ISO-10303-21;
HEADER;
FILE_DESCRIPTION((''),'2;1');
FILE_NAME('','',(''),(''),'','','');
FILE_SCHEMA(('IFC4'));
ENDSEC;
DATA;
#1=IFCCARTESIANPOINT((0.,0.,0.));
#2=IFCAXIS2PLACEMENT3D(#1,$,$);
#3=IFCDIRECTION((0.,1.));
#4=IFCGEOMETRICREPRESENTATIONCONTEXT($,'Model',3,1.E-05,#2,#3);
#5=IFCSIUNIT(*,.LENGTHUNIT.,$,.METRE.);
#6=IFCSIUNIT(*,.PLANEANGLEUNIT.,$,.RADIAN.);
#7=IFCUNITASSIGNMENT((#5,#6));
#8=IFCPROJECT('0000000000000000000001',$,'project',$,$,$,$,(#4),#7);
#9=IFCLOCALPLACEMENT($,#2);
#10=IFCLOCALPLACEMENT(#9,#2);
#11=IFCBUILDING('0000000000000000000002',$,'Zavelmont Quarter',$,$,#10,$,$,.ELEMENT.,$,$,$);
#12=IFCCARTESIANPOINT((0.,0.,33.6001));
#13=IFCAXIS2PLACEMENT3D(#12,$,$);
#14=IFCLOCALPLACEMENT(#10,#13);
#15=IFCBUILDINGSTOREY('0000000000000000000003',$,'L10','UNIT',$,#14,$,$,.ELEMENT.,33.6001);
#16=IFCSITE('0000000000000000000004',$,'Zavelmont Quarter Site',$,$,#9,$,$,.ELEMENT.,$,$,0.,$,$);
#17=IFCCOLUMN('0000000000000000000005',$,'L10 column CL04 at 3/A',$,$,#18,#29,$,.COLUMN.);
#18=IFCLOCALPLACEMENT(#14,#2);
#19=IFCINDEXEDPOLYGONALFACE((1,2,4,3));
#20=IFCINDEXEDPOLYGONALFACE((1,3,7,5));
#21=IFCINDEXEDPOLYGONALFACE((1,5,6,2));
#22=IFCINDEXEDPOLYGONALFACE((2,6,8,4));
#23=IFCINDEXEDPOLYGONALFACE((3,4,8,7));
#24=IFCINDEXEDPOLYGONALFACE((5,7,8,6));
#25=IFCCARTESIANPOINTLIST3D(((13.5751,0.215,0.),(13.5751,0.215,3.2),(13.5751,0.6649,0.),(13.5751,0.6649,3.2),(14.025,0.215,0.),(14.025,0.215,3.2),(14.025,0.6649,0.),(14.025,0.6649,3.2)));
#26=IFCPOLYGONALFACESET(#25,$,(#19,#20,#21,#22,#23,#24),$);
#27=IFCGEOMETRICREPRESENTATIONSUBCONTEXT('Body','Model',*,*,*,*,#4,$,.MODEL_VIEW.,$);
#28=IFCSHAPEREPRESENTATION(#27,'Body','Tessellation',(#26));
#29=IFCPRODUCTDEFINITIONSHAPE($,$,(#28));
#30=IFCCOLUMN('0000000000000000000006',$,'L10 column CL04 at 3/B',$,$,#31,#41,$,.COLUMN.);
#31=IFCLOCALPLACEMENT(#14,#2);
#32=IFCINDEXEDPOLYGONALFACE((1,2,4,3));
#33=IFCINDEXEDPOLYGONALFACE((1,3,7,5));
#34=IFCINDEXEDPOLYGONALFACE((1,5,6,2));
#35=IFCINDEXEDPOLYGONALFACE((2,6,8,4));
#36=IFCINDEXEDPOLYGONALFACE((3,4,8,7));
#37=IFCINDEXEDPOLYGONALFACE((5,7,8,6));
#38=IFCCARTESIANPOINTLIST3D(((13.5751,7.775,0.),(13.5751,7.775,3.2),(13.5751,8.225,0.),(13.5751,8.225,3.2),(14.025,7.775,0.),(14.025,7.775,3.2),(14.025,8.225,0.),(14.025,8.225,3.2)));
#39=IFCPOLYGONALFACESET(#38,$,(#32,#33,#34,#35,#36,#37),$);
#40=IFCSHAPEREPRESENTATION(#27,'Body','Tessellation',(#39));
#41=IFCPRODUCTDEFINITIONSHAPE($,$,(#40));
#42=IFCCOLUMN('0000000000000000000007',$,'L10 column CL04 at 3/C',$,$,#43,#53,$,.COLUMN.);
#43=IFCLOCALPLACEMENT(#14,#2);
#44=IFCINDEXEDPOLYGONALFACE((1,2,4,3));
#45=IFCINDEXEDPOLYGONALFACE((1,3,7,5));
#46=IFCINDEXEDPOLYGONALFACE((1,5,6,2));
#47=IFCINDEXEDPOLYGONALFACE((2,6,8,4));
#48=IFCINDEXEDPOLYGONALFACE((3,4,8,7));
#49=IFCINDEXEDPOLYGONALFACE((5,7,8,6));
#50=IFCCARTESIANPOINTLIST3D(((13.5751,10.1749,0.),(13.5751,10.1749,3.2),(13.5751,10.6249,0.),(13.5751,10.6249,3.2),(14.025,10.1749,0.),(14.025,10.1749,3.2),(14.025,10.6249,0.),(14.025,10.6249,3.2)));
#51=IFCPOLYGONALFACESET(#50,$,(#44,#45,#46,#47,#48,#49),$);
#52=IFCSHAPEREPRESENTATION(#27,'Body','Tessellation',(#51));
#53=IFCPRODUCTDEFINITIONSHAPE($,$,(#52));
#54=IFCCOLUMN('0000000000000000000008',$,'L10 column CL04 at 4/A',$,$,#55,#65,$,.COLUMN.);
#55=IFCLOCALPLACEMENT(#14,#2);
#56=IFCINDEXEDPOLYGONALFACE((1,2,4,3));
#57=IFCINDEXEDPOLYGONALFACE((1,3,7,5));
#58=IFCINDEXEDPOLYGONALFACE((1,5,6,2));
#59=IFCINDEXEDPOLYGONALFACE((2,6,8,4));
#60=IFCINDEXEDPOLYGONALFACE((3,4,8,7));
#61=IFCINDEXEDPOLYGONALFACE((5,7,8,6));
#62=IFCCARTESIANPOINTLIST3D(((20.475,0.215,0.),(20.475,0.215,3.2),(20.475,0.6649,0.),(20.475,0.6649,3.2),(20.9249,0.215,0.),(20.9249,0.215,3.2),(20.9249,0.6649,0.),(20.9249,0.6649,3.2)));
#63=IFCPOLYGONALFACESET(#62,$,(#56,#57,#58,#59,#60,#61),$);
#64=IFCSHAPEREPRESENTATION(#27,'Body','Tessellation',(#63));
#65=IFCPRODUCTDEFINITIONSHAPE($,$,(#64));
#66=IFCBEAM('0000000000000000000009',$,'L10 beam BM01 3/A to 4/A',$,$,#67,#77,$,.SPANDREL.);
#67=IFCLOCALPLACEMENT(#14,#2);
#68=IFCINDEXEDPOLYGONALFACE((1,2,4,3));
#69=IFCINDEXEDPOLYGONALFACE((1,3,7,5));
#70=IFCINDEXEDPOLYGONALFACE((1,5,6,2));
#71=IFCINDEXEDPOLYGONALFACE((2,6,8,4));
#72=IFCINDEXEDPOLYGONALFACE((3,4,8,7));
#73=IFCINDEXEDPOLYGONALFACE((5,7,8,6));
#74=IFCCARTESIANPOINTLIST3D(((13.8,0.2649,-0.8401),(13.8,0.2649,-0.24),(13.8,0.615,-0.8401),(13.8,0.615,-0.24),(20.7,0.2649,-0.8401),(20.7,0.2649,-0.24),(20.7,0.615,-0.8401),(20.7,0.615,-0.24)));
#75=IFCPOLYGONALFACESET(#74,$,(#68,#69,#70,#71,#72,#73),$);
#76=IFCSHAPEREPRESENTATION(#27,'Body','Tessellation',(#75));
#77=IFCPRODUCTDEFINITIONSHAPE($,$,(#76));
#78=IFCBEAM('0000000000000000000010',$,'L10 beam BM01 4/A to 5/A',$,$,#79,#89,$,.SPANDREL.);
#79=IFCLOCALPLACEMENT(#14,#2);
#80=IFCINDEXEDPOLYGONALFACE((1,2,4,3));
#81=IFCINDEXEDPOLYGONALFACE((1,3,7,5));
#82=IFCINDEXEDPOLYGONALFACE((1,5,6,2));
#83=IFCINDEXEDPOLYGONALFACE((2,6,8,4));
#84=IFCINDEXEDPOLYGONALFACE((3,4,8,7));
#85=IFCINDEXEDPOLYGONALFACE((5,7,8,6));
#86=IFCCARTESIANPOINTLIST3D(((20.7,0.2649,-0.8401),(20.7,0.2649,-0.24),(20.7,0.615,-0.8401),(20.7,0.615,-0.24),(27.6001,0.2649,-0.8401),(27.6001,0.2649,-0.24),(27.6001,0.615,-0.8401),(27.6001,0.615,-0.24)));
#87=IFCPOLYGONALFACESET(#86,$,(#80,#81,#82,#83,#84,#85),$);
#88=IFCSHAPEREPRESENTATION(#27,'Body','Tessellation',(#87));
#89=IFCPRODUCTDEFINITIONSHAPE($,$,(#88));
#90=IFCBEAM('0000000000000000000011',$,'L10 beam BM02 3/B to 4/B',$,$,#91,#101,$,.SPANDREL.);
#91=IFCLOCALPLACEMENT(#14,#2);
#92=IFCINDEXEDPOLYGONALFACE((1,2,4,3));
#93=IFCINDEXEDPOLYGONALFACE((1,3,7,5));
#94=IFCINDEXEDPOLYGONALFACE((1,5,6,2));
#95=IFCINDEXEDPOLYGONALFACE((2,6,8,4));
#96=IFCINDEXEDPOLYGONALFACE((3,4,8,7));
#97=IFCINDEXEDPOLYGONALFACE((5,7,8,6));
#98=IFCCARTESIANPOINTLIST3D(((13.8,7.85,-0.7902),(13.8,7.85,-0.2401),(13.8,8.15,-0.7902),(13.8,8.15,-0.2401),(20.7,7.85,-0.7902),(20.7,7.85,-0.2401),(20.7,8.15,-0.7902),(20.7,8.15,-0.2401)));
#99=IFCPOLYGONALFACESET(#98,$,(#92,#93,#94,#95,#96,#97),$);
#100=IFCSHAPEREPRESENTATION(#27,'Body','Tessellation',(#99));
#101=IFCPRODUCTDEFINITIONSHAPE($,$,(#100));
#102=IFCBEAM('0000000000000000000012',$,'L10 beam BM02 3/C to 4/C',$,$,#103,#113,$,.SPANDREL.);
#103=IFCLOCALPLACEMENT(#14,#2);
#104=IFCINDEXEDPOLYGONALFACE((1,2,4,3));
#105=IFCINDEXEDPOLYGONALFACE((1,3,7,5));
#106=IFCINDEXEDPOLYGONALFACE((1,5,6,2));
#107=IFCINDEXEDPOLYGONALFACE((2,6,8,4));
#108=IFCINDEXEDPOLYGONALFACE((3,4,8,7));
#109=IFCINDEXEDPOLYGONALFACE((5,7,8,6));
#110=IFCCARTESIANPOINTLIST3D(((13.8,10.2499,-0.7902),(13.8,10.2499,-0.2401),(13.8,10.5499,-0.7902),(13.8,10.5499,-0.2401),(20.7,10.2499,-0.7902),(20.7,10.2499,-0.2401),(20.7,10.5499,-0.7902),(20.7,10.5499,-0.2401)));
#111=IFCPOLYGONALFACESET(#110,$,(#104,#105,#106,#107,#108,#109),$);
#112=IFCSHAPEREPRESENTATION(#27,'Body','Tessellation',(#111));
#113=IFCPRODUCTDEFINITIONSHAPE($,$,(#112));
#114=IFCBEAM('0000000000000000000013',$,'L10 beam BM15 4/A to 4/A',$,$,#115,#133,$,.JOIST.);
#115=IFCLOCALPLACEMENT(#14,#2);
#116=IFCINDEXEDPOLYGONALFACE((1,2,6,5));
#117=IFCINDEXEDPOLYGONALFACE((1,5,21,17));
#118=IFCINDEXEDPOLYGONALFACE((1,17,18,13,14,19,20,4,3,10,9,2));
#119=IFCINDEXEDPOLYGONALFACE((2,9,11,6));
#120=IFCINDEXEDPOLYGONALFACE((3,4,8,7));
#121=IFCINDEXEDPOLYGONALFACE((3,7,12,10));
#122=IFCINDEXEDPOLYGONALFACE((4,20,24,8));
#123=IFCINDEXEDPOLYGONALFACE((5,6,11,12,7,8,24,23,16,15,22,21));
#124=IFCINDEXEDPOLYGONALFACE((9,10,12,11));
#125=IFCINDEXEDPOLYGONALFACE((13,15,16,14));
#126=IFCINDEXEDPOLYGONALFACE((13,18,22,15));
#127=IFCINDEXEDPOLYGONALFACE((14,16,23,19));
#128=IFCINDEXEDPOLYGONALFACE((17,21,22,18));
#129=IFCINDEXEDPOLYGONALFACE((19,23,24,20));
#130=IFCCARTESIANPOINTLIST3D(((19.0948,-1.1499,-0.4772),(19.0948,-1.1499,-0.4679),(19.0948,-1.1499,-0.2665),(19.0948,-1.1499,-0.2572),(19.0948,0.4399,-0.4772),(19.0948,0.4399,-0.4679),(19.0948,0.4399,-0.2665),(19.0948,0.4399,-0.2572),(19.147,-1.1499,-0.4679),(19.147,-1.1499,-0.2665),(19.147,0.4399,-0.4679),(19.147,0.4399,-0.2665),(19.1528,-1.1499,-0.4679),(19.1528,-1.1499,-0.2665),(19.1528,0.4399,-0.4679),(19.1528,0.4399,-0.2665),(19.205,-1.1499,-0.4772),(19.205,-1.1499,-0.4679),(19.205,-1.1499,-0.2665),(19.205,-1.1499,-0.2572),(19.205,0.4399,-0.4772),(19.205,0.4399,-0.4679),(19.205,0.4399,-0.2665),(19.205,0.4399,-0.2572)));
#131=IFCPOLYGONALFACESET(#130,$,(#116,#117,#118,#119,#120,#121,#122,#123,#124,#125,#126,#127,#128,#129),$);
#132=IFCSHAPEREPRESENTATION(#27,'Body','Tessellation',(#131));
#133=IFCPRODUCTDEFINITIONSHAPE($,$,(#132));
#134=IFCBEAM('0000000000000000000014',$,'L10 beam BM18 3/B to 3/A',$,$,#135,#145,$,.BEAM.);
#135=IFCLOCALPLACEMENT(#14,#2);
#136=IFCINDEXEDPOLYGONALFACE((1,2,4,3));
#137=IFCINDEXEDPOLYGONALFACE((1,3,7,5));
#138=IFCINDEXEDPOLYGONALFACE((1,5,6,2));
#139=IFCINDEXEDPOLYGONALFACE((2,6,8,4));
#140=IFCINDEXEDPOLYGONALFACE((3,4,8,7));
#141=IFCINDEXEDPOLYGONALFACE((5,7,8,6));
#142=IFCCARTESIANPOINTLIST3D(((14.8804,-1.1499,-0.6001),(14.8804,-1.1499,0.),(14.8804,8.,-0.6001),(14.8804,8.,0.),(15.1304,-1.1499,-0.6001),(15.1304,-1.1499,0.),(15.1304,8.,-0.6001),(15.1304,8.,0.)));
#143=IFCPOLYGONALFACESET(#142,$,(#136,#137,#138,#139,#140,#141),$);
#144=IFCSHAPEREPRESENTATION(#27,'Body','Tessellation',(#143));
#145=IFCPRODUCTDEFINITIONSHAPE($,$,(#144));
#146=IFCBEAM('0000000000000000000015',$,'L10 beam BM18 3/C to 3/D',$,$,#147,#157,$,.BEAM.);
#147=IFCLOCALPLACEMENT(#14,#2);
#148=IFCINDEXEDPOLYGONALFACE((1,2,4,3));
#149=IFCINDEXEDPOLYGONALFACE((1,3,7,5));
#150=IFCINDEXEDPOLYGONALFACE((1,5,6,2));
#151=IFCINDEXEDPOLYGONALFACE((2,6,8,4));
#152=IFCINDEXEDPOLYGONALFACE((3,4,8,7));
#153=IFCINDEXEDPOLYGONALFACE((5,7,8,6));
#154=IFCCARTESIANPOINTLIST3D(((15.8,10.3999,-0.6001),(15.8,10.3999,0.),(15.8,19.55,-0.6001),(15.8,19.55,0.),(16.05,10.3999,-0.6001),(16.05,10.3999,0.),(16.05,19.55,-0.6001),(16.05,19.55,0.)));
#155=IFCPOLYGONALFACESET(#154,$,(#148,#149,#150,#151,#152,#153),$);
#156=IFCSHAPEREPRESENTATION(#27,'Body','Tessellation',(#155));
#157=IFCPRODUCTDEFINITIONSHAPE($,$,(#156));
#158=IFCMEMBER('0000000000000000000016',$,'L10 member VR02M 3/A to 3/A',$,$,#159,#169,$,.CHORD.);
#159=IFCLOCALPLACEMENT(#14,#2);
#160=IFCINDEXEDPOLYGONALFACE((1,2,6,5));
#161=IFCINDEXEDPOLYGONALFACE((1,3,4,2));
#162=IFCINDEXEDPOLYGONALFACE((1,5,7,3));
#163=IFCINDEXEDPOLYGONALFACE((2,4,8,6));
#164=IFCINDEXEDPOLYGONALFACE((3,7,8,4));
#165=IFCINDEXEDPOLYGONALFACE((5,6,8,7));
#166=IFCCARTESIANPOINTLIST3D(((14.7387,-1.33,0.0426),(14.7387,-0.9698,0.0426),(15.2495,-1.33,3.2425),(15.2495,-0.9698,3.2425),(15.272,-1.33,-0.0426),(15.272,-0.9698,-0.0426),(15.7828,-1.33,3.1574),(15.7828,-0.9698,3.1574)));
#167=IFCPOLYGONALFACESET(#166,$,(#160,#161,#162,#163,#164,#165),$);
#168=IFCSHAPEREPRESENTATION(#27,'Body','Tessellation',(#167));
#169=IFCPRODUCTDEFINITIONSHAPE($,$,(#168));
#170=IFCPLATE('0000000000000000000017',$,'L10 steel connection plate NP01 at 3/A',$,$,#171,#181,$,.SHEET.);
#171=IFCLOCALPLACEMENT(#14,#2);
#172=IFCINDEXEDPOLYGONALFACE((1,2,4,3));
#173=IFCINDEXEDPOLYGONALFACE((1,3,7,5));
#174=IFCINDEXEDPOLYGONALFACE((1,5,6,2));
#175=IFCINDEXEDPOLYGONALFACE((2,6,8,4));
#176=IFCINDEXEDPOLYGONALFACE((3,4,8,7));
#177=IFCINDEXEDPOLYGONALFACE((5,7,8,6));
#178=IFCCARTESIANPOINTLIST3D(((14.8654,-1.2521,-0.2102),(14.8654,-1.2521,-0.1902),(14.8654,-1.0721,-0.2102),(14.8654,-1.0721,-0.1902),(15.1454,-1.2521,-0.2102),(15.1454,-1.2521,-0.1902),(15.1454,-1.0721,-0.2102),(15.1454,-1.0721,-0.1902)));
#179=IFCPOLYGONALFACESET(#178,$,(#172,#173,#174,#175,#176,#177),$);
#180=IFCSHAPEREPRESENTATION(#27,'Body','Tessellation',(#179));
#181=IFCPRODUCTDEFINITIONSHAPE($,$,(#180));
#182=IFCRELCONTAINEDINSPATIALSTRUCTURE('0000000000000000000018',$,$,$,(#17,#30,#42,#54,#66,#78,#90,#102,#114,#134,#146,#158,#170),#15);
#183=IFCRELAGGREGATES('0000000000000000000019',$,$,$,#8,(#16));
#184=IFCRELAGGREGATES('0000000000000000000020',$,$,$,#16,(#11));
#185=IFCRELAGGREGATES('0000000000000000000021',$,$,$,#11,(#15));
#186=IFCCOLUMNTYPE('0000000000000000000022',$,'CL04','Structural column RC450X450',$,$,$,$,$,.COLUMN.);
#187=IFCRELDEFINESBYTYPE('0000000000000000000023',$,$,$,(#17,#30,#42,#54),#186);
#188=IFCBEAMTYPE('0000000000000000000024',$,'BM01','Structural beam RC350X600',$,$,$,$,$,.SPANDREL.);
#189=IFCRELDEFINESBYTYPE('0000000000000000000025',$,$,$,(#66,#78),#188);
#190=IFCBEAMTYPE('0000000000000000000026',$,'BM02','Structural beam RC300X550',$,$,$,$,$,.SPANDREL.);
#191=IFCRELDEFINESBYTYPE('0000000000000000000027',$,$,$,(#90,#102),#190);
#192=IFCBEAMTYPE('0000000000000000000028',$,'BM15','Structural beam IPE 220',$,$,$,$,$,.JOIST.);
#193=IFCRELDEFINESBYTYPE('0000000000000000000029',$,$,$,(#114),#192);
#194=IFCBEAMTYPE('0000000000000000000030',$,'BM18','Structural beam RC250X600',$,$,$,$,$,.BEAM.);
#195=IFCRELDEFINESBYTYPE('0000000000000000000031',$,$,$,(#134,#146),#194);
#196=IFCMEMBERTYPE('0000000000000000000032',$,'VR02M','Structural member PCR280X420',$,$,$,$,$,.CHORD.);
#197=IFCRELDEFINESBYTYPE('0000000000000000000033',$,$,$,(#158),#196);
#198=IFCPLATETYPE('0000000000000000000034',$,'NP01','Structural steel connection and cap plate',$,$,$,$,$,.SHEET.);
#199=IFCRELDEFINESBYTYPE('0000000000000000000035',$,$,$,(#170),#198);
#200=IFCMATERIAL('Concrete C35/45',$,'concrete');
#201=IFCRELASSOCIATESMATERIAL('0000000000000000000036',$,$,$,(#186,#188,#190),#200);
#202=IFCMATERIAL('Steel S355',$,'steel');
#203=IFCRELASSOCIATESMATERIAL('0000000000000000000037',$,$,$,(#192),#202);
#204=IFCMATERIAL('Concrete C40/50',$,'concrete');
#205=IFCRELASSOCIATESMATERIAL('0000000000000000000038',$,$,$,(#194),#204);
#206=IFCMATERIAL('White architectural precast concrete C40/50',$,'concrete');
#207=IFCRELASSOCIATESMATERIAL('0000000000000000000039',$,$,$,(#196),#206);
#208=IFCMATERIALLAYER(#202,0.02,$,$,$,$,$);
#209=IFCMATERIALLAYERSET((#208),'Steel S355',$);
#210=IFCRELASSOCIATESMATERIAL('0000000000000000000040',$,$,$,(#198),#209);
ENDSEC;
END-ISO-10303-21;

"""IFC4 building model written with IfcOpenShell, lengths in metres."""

from ifc_helpers import new_model, si_unit, direction, frame, origin, origin_2d, place, context, subcontext, project, spatial, rectangle, i_section, extrude, material, layer, layer_set, material_profile, profile_set, type_object, element, save


model = new_model("IFC4")

# Units and contexts
model_context = context("Model", 3, precision=1e-05, world=origin(), true_north=direction((0.0, 1.0)))
body_context = subcontext(model_context, "Body", "Model", "MODEL_VIEW")
ifc_project = project(units=[si_unit("LENGTHUNIT", "METRE"), si_unit("PLANEANGLEUNIT", "RADIAN")], contexts=[model_context])

# Site, building, storey
site_placement = place(None, origin())
site = spatial("IfcSite", under=ifc_project, at=site_placement, Name="Zavelmont Quarter Site", CompositionType="ELEMENT", RefElevation=0.0)
building_placement = place(site_placement, origin())
building = spatial("IfcBuilding", under=site, at=building_placement, Name="Zavelmont Quarter", CompositionType="ELEMENT")
storey_placement = place(building_placement, frame((0.0, 0.0, 33.6001)))
storey = spatial("IfcBuildingStorey", under=building, at=storey_placement, Name="L10", Description="UNIT", CompositionType="ELEMENT", Elevation=33.6001)

# Columns
ifc_material_1 = material(Name="Concrete C35/45", Category="concrete")
ifc_material_profile_1 = material_profile(ifc_material_1, rectangle(XDim=0.45, YDim=0.45, at=origin_2d()), Name="RC450X450")
ifc_profile_set_1 = profile_set([ifc_material_profile_1], Name="Concrete C35/45")
column_type = type_object("IfcColumnType", Name="CL04", Description="Structural column RC450X450", PredefinedType="COLUMN", material=ifc_profile_set_1)
for number, where, z_axis, x_axis, name in (
    (1, (13.8, 0.4399, 0.0), (0.0, 0.0, 1.0), (1.0, 0.0, 0.0), "L10 column CL04 at 3/A"),
    (2, (13.8, 8.0, 0.0), (0.0, 0.0, 1.0), (1.0, 0.0, 0.0), "L10 column CL04 at 3/B"),
    (3, (13.8, 10.3999, 0.0), (0.0, 0.0, 1.0), (1.0, 0.0, 0.0), "L10 column CL04 at 3/C"),
    (4, (20.7, 0.4399, 0.0), (0.0, 0.0, 1.0), (1.0, 0.0, 0.0), "L10 column CL04 at 4/A"),
):
    element("IfcColumn", number, at=place(storey_placement, frame(where, z_axis=z_axis, x_axis=x_axis)), inside=storey, type_object=column_type, Name=name, PredefinedType="COLUMN", context=body_context, shape_type="SweptSolid", body=[
        extrude(rectangle(XDim=0.45, YDim=0.45, at=origin_2d()), origin(), (0.0, 0.0, 1.0), 3.2),
    ])

# Beams
ifc_material_profile_2 = material_profile(ifc_material_1, rectangle(XDim=0.3501, YDim=0.6001, at=origin_2d()), Name="RC350X600")
ifc_profile_set_2 = profile_set([ifc_material_profile_2], Name="Concrete C35/45")
beam_type_1 = type_object("IfcBeamType", Name="BM01", Description="Structural beam RC350X600", PredefinedType="SPANDREL", material=ifc_profile_set_2)
beam_1_placement = place(storey_placement, frame((13.8, 0.4399, -0.54), z_axis=(1.0, 0.0, 0.0), x_axis=(0.0, 1.0, 0.0)))
element("IfcBeam", 5, at=beam_1_placement, inside=storey, type_object=beam_type_1, Name="L10 beam BM01 3/A to 4/A", PredefinedType="SPANDREL", context=body_context, shape_type="SweptSolid", body=[
    extrude(rectangle(XDim=0.3501, YDim=0.6001, at=origin_2d()), origin(), (0.0, 0.0, 1.0), 6.8999),
])
beam_2_placement = place(storey_placement, frame((20.7, 0.4399, -0.54), z_axis=(1.0, 0.0, 0.0), x_axis=(0.0, 1.0, 0.0)))
element("IfcBeam", 6, at=beam_2_placement, inside=storey, type_object=beam_type_1, Name="L10 beam BM01 4/A to 5/A", PredefinedType="SPANDREL", context=body_context, shape_type="SweptSolid", body=[
    extrude(rectangle(XDim=0.3501, YDim=0.6001, at=origin_2d()), origin(), (0.0, 0.0, 1.0), 6.9001),
])
ifc_material_profile_3 = material_profile(ifc_material_1, rectangle(XDim=0.3, YDim=0.55, at=origin_2d()), Name="RC300X550")
ifc_profile_set_3 = profile_set([ifc_material_profile_3], Name="Concrete C35/45")
beam_type_2 = type_object("IfcBeamType", Name="BM02", Description="Structural beam RC300X550", PredefinedType="SPANDREL", material=ifc_profile_set_3)
for number, where, z_axis, x_axis, name in (
    (7, (13.8, 8.0, -0.5151), (1.0, 0.0, 0.0), (0.0, 1.0, 0.0), "L10 beam BM02 3/B to 4/B"),
    (8, (13.8, 10.3999, -0.5151), (1.0, 0.0, 0.0), (0.0, 1.0, 0.0), "L10 beam BM02 3/C to 4/C"),
):
    element("IfcBeam", number, at=place(storey_placement, frame(where, z_axis=z_axis, x_axis=x_axis)), inside=storey, type_object=beam_type_2, Name=name, PredefinedType="SPANDREL", context=body_context, shape_type="SweptSolid", body=[
        extrude(rectangle(XDim=0.3, YDim=0.55, at=origin_2d()), origin(), (0.0, 0.0, 1.0), 6.8999),
    ])
ifc_material_2 = material(Name="Steel S355", Category="steel")
ifc_material_profile_4 = material_profile(ifc_material_2, i_section(OverallWidth=0.1101, OverallDepth=0.22, WebThickness=0.0059, FlangeThickness=0.0093, at=origin_2d()), Name="IPE 220")
ifc_profile_set_4 = profile_set([ifc_material_profile_4], Name="Steel S355")
beam_type_3 = type_object("IfcBeamType", Name="BM15", Description="Structural beam IPE 220", PredefinedType="JOIST", material=ifc_profile_set_4)
beam_3_placement = place(storey_placement, frame((19.1499, 0.4399, -0.3672), z_axis=(0.0, -1.0, 0.0), x_axis=(1.0, 0.0, 0.0)))
element("IfcBeam", 9, at=beam_3_placement, inside=storey, type_object=beam_type_3, Name="L10 beam BM15 4/A to 4/A", PredefinedType="JOIST", context=body_context, shape_type="SweptSolid", body=[
    extrude(i_section(OverallWidth=0.1101, OverallDepth=0.22, WebThickness=0.0059, FlangeThickness=0.0093, at=origin_2d()), origin(), (0.0, 0.0, 1.0), 1.5898),
])
ifc_material_3 = material(Name="Concrete C40/50", Category="concrete")
ifc_material_profile_5 = material_profile(ifc_material_3, rectangle(XDim=0.25, YDim=0.6001, at=origin_2d()), Name="RC250X600")
ifc_profile_set_5 = profile_set([ifc_material_profile_5], Name="Concrete C40/50")
beam_type_4 = type_object("IfcBeamType", Name="BM18", Description="Structural beam RC250X600", PredefinedType="BEAM", material=ifc_profile_set_5)
beam_4_placement = place(storey_placement, frame((15.0054, 8.0, -0.3), z_axis=(0.0, -1.0, 0.0), x_axis=(1.0, 0.0, 0.0)))
element("IfcBeam", 10, at=beam_4_placement, inside=storey, type_object=beam_type_4, Name="L10 beam BM18 3/B to 3/A", PredefinedType="BEAM", context=body_context, shape_type="SweptSolid", body=[
    extrude(rectangle(XDim=0.25, YDim=0.6001, at=origin_2d()), origin(), (0.0, 0.0, 1.0), 9.1499),
])
beam_5_placement = place(storey_placement, frame((15.925, 10.3999, -0.3), z_axis=(0.0, 1.0, 0.0), x_axis=(-1.0, 0.0, 0.0)))
element("IfcBeam", 11, at=beam_5_placement, inside=storey, type_object=beam_type_4, Name="L10 beam BM18 3/C to 3/D", PredefinedType="BEAM", context=body_context, shape_type="SweptSolid", body=[
    extrude(rectangle(XDim=0.25, YDim=0.6001, at=origin_2d()), origin(), (0.0, 0.0, 1.0), 9.1501),
])

# Member
ifc_material_4 = material(Name="White architectural precast concrete C40/50", Category="concrete")
ifc_material_profile_6 = material_profile(ifc_material_4, rectangle(XDim=0.3601, YDim=0.54, at=origin_2d()), Name="PCR280X420")
ifc_profile_set_6 = profile_set([ifc_material_profile_6], Name="White architectural precast concrete C40/50")
member_type = type_object("IfcMemberType", Name="VR02M", Description="Structural member PCR280X420", PredefinedType="CHORD", material=ifc_profile_set_6)
member_placement = place(storey_placement, frame((15.0054, -1.1499, 0.0), z_axis=(0.157614, 0.0, 0.987501), x_axis=(0.0, 1.0, 0.0)))
element("IfcMember", 12, at=member_placement, inside=storey, type_object=member_type, Name="L10 member VR02M 3/A to 3/A", PredefinedType="CHORD", context=body_context, shape_type="SweptSolid", body=[
    extrude(rectangle(XDim=0.3601, YDim=0.54, at=origin_2d()), origin(), (0.0, 0.0, 1.0), 3.2405),
])

# Plate
ifc_layer_1 = layer(ifc_material_2, 0.02)
ifc_layer_set_1 = layer_set([ifc_layer_1], Name="Steel S355")
plate_type = type_object("IfcPlateType", Name="NP01", Description="Structural steel connection and cap plate", PredefinedType="SHEET", material=ifc_layer_set_1)
plate_placement = place(storey_placement, frame((15.0054, -1.1621, -0.2102), z_axis=(0.0, 0.0, 1.0), x_axis=(1.0, 0.0, 0.0)))
element("IfcPlate", 13, at=plate_placement, inside=storey, type_object=plate_type, Name="L10 steel connection plate NP01 at 3/A", PredefinedType="SHEET", context=body_context, shape_type="SweptSolid", body=[
    extrude(rectangle(XDim=0.28, YDim=0.1799, at=origin_2d()), origin(), (0.0, 0.0, 1.0), 0.02),
])

save(model, "model.ifc")
